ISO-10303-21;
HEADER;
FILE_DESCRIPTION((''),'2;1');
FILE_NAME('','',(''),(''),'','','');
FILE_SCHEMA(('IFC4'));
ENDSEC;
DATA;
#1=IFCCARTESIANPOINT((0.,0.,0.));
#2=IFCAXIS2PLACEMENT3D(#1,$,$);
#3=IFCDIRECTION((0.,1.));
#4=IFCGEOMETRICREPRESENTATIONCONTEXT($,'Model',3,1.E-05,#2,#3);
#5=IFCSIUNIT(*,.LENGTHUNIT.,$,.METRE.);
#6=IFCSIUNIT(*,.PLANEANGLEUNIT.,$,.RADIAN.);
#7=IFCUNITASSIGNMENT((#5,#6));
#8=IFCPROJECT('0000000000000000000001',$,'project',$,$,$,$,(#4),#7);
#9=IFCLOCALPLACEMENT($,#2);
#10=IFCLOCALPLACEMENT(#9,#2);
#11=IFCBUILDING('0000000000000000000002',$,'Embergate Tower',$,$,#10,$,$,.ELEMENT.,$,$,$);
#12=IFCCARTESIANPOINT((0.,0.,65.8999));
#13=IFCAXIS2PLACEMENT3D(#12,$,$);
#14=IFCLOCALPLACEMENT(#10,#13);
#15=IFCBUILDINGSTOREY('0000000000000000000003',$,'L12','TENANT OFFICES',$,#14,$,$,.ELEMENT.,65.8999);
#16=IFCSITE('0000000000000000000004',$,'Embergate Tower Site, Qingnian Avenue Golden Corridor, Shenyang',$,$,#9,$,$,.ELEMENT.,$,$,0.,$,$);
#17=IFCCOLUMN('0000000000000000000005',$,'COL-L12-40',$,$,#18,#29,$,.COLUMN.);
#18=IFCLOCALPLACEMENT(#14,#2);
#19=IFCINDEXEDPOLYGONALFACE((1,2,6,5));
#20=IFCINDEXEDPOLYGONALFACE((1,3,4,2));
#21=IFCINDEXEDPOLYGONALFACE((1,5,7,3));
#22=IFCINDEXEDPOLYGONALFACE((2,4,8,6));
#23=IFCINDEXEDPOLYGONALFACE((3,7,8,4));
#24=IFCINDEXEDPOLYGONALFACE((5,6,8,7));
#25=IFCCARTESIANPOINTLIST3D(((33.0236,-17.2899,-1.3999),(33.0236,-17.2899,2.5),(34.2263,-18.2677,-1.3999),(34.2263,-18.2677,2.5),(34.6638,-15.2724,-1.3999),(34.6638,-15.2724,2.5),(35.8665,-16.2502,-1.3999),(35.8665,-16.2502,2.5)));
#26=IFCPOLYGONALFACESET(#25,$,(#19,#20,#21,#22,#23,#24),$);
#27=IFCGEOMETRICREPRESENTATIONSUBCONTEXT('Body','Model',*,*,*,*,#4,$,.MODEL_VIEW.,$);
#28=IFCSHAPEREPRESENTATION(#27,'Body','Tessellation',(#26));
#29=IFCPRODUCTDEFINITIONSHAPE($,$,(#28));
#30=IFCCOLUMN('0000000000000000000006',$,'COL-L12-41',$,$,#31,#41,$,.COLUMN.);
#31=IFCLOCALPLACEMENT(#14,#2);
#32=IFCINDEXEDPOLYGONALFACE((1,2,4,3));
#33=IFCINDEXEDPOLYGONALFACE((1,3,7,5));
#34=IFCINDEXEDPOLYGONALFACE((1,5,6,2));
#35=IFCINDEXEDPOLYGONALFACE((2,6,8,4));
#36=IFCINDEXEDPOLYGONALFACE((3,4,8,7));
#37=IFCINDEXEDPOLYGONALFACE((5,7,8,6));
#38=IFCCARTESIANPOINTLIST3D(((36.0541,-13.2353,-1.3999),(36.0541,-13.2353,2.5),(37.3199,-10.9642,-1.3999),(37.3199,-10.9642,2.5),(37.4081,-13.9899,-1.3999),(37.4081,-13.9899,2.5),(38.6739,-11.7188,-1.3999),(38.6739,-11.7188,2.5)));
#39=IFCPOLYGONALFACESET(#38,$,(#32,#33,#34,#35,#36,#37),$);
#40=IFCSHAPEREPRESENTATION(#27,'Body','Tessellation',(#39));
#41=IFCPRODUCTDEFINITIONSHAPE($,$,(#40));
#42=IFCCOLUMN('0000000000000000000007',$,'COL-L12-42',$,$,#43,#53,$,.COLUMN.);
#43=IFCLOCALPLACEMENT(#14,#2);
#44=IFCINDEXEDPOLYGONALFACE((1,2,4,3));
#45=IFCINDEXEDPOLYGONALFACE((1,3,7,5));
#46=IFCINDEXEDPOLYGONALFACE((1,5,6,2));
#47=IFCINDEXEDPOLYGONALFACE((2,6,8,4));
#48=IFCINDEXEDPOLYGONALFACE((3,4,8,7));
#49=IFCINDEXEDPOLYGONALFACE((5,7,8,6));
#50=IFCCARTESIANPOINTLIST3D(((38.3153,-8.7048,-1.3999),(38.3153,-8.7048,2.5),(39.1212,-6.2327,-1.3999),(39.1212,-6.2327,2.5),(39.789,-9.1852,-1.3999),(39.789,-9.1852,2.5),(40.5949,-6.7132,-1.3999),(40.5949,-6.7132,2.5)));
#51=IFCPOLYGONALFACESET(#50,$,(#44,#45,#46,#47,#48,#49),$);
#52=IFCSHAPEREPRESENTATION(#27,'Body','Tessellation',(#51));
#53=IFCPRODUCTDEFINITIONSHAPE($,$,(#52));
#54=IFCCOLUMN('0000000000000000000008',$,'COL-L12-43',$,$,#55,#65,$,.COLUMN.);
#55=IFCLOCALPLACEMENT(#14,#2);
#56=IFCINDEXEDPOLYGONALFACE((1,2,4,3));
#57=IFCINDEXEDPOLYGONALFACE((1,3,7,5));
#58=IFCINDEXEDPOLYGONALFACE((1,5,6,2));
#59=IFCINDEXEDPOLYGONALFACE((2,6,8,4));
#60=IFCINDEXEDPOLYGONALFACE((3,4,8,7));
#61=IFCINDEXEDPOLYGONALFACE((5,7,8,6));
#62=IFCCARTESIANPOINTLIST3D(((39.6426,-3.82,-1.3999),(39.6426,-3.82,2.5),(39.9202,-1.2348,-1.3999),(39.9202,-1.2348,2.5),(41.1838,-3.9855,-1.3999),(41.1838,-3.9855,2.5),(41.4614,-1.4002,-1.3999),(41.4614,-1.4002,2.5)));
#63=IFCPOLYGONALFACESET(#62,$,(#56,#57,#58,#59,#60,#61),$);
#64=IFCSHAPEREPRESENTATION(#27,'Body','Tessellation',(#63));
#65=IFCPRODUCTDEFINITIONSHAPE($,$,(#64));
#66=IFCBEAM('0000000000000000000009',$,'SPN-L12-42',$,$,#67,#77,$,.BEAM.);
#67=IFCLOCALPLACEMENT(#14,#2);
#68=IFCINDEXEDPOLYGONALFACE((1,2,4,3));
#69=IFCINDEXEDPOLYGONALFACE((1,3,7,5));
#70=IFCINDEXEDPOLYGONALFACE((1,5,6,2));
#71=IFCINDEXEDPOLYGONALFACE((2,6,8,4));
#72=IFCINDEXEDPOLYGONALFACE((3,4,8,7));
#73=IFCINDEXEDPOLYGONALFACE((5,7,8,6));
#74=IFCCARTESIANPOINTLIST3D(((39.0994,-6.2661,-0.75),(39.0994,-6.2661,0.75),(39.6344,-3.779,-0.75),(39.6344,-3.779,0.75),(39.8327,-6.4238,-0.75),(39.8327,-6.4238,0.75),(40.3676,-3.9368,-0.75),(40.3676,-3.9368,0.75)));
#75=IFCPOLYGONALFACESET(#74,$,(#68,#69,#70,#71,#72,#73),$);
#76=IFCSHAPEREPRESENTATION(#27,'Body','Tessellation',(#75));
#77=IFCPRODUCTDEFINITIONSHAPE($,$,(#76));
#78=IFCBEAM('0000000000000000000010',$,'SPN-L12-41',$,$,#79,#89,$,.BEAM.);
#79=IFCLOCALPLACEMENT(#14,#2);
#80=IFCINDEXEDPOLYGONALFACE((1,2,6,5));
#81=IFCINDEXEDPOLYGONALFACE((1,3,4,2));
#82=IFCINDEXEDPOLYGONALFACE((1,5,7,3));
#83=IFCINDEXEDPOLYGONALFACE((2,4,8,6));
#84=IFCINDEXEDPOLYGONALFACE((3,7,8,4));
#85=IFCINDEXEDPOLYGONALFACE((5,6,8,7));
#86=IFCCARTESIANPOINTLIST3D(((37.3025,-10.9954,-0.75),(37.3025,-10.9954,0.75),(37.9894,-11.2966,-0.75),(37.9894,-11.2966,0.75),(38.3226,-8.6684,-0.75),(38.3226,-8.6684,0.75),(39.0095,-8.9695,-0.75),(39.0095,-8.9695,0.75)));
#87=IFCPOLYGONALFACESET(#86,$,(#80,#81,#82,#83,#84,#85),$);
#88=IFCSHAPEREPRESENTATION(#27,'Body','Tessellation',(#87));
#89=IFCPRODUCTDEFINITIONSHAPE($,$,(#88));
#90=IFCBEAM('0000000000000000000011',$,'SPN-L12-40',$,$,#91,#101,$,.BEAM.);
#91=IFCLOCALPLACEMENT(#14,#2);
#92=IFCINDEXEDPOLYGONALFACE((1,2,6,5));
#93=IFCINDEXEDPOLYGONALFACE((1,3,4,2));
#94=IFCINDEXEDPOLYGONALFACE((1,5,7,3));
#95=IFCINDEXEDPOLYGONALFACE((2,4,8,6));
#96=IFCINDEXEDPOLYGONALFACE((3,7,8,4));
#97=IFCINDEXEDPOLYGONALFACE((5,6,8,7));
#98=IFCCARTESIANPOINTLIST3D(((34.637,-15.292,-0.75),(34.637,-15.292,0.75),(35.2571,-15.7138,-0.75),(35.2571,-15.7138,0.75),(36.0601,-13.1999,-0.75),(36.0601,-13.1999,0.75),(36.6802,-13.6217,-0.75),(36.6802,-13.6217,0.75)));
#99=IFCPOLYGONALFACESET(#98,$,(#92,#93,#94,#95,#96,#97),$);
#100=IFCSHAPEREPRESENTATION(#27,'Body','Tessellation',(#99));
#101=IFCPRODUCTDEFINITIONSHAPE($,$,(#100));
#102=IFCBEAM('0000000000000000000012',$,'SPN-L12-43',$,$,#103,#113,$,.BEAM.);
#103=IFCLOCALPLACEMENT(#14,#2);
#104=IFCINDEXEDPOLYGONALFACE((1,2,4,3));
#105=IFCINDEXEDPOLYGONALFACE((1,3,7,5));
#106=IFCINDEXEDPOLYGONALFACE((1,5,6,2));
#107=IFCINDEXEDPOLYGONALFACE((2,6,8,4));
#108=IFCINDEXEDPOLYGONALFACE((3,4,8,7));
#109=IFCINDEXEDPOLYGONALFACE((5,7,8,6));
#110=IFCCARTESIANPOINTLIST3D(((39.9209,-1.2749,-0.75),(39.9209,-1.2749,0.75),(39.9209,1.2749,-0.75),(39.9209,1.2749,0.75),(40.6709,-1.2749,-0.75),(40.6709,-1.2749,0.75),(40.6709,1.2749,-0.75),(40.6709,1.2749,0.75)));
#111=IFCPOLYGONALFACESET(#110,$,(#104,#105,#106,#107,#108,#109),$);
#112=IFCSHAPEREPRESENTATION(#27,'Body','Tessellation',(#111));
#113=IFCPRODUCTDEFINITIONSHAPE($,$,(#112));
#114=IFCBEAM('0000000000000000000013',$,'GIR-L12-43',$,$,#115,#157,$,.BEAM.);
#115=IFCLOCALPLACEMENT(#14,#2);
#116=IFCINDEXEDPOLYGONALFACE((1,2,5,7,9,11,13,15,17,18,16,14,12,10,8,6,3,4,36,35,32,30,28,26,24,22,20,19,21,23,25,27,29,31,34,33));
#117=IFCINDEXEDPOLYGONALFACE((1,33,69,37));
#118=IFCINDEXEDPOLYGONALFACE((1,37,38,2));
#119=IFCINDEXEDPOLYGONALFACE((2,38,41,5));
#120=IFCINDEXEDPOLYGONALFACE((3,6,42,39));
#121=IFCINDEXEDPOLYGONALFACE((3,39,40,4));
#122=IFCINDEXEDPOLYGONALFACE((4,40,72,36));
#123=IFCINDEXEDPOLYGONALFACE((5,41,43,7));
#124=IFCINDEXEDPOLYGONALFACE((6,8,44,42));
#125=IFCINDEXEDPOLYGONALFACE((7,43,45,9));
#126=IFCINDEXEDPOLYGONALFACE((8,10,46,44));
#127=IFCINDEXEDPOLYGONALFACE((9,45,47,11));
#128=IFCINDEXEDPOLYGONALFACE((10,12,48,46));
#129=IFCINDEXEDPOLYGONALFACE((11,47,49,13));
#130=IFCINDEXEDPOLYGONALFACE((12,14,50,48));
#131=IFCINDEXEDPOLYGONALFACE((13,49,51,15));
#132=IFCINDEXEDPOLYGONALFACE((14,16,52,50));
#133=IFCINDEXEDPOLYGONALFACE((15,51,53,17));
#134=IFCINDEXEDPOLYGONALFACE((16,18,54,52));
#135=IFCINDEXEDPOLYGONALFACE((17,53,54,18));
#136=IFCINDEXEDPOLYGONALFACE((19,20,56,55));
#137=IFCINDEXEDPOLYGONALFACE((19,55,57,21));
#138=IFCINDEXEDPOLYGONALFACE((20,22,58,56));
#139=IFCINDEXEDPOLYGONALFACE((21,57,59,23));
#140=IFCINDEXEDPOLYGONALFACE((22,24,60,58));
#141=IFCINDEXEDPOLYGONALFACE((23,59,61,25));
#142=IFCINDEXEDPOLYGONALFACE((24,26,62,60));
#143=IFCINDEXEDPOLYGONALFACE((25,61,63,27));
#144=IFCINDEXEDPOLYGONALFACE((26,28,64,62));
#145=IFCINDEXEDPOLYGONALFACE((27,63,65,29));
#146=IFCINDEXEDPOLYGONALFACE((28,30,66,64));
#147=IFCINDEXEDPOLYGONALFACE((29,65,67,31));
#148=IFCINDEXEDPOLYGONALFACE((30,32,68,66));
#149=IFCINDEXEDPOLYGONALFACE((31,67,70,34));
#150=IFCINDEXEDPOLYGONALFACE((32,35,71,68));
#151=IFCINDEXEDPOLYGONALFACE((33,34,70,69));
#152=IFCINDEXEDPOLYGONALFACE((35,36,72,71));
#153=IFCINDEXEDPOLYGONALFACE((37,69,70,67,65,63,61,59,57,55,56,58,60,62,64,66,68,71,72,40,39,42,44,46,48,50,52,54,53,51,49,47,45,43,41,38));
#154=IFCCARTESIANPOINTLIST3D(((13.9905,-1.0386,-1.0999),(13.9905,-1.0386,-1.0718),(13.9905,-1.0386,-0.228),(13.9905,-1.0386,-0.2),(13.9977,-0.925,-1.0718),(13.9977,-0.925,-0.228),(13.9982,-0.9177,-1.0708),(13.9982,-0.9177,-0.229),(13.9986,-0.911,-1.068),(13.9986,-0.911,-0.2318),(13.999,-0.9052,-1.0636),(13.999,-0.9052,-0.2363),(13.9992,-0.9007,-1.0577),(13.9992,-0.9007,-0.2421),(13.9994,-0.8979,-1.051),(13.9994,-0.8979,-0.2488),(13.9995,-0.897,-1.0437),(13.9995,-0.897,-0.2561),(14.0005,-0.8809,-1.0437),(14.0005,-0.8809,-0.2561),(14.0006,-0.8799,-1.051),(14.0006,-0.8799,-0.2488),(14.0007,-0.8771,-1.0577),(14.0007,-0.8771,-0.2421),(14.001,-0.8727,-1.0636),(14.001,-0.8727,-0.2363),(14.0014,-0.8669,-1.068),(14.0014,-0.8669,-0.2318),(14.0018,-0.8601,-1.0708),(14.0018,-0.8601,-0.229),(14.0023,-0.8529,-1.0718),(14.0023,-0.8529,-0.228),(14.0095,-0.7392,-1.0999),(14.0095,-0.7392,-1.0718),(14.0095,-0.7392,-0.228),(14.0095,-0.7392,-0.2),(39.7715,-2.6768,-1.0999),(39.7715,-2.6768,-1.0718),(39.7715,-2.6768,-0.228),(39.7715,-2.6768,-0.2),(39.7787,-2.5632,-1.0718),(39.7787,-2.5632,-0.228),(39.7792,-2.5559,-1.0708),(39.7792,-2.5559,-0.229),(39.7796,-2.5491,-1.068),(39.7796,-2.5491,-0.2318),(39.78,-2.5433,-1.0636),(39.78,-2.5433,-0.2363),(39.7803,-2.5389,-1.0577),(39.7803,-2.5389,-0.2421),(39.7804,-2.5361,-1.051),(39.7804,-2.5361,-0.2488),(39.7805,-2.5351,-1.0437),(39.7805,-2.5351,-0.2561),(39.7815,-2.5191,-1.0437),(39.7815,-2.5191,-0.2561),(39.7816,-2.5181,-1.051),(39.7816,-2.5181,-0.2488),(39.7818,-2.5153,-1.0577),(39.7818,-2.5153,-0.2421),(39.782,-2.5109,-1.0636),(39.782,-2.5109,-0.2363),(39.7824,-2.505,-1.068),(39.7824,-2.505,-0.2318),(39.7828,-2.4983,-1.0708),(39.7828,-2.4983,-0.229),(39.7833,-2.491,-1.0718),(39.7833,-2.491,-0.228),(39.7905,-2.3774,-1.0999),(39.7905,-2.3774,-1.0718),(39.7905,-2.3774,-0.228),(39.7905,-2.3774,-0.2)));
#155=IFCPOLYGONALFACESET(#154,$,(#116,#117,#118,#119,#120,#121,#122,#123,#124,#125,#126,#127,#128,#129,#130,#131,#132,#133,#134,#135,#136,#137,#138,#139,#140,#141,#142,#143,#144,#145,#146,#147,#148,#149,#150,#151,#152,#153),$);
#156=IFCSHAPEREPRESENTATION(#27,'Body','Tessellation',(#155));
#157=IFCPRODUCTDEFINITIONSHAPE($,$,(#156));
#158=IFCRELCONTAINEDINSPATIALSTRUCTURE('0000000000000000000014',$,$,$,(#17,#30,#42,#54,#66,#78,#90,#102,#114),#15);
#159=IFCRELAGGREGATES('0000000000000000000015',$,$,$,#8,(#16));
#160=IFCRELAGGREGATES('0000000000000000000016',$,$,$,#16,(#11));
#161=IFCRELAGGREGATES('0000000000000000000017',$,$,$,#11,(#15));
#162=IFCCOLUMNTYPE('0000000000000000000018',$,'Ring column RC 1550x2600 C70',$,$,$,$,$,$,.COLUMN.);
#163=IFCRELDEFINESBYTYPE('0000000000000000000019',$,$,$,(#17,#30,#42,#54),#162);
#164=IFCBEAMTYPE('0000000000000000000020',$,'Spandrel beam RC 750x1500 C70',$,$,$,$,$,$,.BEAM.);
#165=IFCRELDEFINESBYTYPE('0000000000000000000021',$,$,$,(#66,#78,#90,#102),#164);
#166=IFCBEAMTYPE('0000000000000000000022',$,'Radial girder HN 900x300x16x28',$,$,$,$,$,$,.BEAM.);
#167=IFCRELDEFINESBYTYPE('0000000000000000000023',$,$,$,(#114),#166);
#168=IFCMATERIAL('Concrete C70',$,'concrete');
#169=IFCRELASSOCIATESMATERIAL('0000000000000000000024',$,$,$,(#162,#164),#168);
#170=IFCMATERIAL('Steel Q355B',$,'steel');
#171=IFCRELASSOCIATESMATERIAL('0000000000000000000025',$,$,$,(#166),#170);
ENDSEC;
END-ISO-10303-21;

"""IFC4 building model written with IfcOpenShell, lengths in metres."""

from ifc_helpers import new_model, si_unit, direction, frame, origin, origin_2d, place, context, subcontext, project, spatial, rectangle, i_section, extrude, source, transform, mapped, material, material_profile, profile_set, type_object, element, save


model = new_model("IFC4")

# Units and contexts
model_context = context("Model", 3, precision=1e-05, world=origin(), true_north=direction((0.0, 1.0)))
body_context = subcontext(model_context, "Body", "Model", "MODEL_VIEW")
ifc_project = project(units=[si_unit("LENGTHUNIT", "METRE"), si_unit("PLANEANGLEUNIT", "RADIAN")], contexts=[model_context])

# Site, building, storey
site_placement = place(None, origin())
site = spatial("IfcSite", under=ifc_project, at=site_placement, Name="Embergate Tower Site, Qingnian Avenue Golden Corridor, Shenyang", CompositionType="ELEMENT", RefElevation=0.0)
building_placement = place(site_placement, origin())
building = spatial("IfcBuilding", under=site, at=building_placement, Name="Embergate Tower", CompositionType="ELEMENT")
storey_placement = place(building_placement, frame((0.0, 0.0, 65.8999)))
storey = spatial("IfcBuildingStorey", under=building, at=storey_placement, Name="L12", Description="TENANT OFFICES", CompositionType="ELEMENT", Elevation=65.8999)

# Columns
ifc_material_1 = material(Name="Concrete C70", Category="concrete")
ifc_material_profile_1 = material_profile(ifc_material_1, rectangle(XDim=1.55, YDim=2.6001, at=origin_2d()), Name="RC 1550x2600")
ifc_profile_set_1 = profile_set([ifc_material_profile_1], Name="Concrete C70")
column_type = type_object("IfcColumnType", Name="Ring column RC 1550x2600 C70", PredefinedType="COLUMN", material=ifc_profile_set_1)
shared_shape_1 = source(origin(), body_context, "Body", "SweptSolid", [
    extrude(rectangle(XDim=1.55, YDim=2.6001, at=origin_2d()), origin(), (0.0, 0.0, 1.0), 3.8999),
])
for number, where, z_axis, x_axis, name in (
    (1, (34.4451, -16.77, -1.3999), (0.0, 0.0, 1.0), (0.775925, -0.630825, 0.0), "COL-L12-40"),
    (2, (37.364, -12.4771, -1.3999), (0.0, 0.0, 1.0), (0.8735, -0.486823, 0.0), "COL-L12-41"),
    (3, (39.4551, -7.709, -1.3999), (0.0, 0.0, 1.0), (0.950754, -0.309946, 0.0), "COL-L12-42"),
    (4, (40.552, -2.6101, -1.3999), (0.0, 0.0, 1.0), (0.994286, -0.10675, 0.0), "COL-L12-43"),
):
    element("IfcColumn", number, at=place(storey_placement, frame(where, z_axis=z_axis, x_axis=x_axis)), inside=storey, type_object=column_type, Name=name, PredefinedType="COLUMN", context=body_context, shape_type="MappedRepresentation", body=[
        mapped(shared_shape_1, transform((0.0, 0.0, 0.0))),
    ])

# Beams
ifc_material_profile_2 = material_profile(ifc_material_1, rectangle(XDim=0.75, YDim=1.5, at=origin_2d()), Name="RC 750x1500")
ifc_profile_set_2 = profile_set([ifc_material_profile_2], Name="Concrete C70")
beam_type_1 = type_object("IfcBeamType", Name="Spandrel beam RC 750x1500 C70", PredefinedType="BEAM", material=ifc_profile_set_2)
shared_shape_2 = source(origin(), body_context, "Body", "SweptSolid", [
    extrude(rectangle(XDim=0.75, YDim=1.5, at=origin_2d()), origin(), (0.0, 0.0, 1.0), 2.5439),
])
beam_1_placement = place(storey_placement, frame((39.4661, -6.345, 0.0), z_axis=(0.21027, 0.977643, 0.0), x_axis=(-0.977643, 0.21027, 0.0)))
element("IfcBeam", 5, at=beam_1_placement, inside=storey, type_object=beam_type_1, Name="SPN-L12-42", PredefinedType="BEAM", context=body_context, shape_type="MappedRepresentation", body=[
    mapped(shared_shape_2, transform((0.0, 0.0, 0.0))),
])
shared_shape_3 = source(origin(), body_context, "Body", "SweptSolid", [
    extrude(rectangle(XDim=0.75, YDim=1.5, at=origin_2d()), origin(), (0.0, 0.0, 1.0), 2.5408),
])
beam_2_placement = place(storey_placement, frame((37.646, -11.146, 0.0), z_axis=(0.401479, 0.915868, 0.0), x_axis=(-0.915868, 0.401479, 0.0)))
element("IfcBeam", 6, at=beam_2_placement, inside=storey, type_object=beam_type_1, Name="SPN-L12-41", PredefinedType="BEAM", context=body_context, shape_type="MappedRepresentation", body=[
    mapped(shared_shape_3, transform((0.0, 0.0, 0.0))),
])
shared_shape_4 = source(origin(), body_context, "Body", "SweptSolid", [
    extrude(rectangle(XDim=0.75, YDim=1.5, at=origin_2d()), origin(), (0.0, 0.0, 1.0), 2.5303),
])
beam_3_placement = place(storey_placement, frame((34.947, -15.5029, 0.0), z_axis=(0.562447, 0.826833, 0.0), x_axis=(-0.826833, 0.562447, 0.0)))
element("IfcBeam", 7, at=beam_3_placement, inside=storey, type_object=beam_type_1, Name="SPN-L12-40", PredefinedType="BEAM", context=body_context, shape_type="MappedRepresentation", body=[
    mapped(shared_shape_4, transform((0.0, 0.0, 0.0))),
])
shared_shape_5 = source(origin(), body_context, "Body", "SweptSolid", [
    extrude(rectangle(XDim=0.75, YDim=1.5, at=origin_2d()), origin(), (0.0, 0.0, 1.0), 2.5498),
])
beam_4_placement = place(storey_placement, frame((40.2959, -1.2749, 0.0), z_axis=(0.0, 1.0, 0.0), x_axis=(-1.0, 0.0, 0.0)))
element("IfcBeam", 8, at=beam_4_placement, inside=storey, type_object=beam_type_1, Name="SPN-L12-43", PredefinedType="BEAM", context=body_context, shape_type="MappedRepresentation", body=[
    mapped(shared_shape_5, transform((0.0, 0.0, 0.0))),
])
ifc_material_2 = material(Name="Steel Q355B", Category="steel")
ifc_material_profile_3 = material_profile(ifc_material_2, i_section(OverallWidth=0.3, OverallDepth=0.8999, WebThickness=0.0161, FlangeThickness=0.0281, FilletRadius=0.0281, at=origin_2d()), Name="HN 900x300x16x28")
ifc_profile_set_3 = profile_set([ifc_material_profile_3], Name="Steel Q355 grade B")
beam_type_2 = type_object("IfcBeamType", Name="Radial girder HN 900x300x16x28", PredefinedType="BEAM", material=ifc_profile_set_3)
shared_shape_6 = source(origin(), body_context, "Body", "SweptSolid", [
    extrude(i_section(OverallWidth=0.3, OverallDepth=0.8999, WebThickness=0.0161, FlangeThickness=0.0281, FilletRadius=0.0281, at=origin_2d()), origin(), (0.0, 0.0, 1.0), 25.833),
])
beam_5_placement = place(storey_placement, frame((39.781, -2.5271, -0.6499), z_axis=(-0.997987, 0.063414, 0.0), x_axis=(-0.063414, -0.997987, 0.0)))
element("IfcBeam", 9, at=beam_5_placement, inside=storey, type_object=beam_type_2, Name="GIR-L12-43", PredefinedType="BEAM", context=body_context, shape_type="MappedRepresentation", body=[
    mapped(shared_shape_6, transform((0.0, 0.0, 0.0))),
])

save(model, "model.ifc")
